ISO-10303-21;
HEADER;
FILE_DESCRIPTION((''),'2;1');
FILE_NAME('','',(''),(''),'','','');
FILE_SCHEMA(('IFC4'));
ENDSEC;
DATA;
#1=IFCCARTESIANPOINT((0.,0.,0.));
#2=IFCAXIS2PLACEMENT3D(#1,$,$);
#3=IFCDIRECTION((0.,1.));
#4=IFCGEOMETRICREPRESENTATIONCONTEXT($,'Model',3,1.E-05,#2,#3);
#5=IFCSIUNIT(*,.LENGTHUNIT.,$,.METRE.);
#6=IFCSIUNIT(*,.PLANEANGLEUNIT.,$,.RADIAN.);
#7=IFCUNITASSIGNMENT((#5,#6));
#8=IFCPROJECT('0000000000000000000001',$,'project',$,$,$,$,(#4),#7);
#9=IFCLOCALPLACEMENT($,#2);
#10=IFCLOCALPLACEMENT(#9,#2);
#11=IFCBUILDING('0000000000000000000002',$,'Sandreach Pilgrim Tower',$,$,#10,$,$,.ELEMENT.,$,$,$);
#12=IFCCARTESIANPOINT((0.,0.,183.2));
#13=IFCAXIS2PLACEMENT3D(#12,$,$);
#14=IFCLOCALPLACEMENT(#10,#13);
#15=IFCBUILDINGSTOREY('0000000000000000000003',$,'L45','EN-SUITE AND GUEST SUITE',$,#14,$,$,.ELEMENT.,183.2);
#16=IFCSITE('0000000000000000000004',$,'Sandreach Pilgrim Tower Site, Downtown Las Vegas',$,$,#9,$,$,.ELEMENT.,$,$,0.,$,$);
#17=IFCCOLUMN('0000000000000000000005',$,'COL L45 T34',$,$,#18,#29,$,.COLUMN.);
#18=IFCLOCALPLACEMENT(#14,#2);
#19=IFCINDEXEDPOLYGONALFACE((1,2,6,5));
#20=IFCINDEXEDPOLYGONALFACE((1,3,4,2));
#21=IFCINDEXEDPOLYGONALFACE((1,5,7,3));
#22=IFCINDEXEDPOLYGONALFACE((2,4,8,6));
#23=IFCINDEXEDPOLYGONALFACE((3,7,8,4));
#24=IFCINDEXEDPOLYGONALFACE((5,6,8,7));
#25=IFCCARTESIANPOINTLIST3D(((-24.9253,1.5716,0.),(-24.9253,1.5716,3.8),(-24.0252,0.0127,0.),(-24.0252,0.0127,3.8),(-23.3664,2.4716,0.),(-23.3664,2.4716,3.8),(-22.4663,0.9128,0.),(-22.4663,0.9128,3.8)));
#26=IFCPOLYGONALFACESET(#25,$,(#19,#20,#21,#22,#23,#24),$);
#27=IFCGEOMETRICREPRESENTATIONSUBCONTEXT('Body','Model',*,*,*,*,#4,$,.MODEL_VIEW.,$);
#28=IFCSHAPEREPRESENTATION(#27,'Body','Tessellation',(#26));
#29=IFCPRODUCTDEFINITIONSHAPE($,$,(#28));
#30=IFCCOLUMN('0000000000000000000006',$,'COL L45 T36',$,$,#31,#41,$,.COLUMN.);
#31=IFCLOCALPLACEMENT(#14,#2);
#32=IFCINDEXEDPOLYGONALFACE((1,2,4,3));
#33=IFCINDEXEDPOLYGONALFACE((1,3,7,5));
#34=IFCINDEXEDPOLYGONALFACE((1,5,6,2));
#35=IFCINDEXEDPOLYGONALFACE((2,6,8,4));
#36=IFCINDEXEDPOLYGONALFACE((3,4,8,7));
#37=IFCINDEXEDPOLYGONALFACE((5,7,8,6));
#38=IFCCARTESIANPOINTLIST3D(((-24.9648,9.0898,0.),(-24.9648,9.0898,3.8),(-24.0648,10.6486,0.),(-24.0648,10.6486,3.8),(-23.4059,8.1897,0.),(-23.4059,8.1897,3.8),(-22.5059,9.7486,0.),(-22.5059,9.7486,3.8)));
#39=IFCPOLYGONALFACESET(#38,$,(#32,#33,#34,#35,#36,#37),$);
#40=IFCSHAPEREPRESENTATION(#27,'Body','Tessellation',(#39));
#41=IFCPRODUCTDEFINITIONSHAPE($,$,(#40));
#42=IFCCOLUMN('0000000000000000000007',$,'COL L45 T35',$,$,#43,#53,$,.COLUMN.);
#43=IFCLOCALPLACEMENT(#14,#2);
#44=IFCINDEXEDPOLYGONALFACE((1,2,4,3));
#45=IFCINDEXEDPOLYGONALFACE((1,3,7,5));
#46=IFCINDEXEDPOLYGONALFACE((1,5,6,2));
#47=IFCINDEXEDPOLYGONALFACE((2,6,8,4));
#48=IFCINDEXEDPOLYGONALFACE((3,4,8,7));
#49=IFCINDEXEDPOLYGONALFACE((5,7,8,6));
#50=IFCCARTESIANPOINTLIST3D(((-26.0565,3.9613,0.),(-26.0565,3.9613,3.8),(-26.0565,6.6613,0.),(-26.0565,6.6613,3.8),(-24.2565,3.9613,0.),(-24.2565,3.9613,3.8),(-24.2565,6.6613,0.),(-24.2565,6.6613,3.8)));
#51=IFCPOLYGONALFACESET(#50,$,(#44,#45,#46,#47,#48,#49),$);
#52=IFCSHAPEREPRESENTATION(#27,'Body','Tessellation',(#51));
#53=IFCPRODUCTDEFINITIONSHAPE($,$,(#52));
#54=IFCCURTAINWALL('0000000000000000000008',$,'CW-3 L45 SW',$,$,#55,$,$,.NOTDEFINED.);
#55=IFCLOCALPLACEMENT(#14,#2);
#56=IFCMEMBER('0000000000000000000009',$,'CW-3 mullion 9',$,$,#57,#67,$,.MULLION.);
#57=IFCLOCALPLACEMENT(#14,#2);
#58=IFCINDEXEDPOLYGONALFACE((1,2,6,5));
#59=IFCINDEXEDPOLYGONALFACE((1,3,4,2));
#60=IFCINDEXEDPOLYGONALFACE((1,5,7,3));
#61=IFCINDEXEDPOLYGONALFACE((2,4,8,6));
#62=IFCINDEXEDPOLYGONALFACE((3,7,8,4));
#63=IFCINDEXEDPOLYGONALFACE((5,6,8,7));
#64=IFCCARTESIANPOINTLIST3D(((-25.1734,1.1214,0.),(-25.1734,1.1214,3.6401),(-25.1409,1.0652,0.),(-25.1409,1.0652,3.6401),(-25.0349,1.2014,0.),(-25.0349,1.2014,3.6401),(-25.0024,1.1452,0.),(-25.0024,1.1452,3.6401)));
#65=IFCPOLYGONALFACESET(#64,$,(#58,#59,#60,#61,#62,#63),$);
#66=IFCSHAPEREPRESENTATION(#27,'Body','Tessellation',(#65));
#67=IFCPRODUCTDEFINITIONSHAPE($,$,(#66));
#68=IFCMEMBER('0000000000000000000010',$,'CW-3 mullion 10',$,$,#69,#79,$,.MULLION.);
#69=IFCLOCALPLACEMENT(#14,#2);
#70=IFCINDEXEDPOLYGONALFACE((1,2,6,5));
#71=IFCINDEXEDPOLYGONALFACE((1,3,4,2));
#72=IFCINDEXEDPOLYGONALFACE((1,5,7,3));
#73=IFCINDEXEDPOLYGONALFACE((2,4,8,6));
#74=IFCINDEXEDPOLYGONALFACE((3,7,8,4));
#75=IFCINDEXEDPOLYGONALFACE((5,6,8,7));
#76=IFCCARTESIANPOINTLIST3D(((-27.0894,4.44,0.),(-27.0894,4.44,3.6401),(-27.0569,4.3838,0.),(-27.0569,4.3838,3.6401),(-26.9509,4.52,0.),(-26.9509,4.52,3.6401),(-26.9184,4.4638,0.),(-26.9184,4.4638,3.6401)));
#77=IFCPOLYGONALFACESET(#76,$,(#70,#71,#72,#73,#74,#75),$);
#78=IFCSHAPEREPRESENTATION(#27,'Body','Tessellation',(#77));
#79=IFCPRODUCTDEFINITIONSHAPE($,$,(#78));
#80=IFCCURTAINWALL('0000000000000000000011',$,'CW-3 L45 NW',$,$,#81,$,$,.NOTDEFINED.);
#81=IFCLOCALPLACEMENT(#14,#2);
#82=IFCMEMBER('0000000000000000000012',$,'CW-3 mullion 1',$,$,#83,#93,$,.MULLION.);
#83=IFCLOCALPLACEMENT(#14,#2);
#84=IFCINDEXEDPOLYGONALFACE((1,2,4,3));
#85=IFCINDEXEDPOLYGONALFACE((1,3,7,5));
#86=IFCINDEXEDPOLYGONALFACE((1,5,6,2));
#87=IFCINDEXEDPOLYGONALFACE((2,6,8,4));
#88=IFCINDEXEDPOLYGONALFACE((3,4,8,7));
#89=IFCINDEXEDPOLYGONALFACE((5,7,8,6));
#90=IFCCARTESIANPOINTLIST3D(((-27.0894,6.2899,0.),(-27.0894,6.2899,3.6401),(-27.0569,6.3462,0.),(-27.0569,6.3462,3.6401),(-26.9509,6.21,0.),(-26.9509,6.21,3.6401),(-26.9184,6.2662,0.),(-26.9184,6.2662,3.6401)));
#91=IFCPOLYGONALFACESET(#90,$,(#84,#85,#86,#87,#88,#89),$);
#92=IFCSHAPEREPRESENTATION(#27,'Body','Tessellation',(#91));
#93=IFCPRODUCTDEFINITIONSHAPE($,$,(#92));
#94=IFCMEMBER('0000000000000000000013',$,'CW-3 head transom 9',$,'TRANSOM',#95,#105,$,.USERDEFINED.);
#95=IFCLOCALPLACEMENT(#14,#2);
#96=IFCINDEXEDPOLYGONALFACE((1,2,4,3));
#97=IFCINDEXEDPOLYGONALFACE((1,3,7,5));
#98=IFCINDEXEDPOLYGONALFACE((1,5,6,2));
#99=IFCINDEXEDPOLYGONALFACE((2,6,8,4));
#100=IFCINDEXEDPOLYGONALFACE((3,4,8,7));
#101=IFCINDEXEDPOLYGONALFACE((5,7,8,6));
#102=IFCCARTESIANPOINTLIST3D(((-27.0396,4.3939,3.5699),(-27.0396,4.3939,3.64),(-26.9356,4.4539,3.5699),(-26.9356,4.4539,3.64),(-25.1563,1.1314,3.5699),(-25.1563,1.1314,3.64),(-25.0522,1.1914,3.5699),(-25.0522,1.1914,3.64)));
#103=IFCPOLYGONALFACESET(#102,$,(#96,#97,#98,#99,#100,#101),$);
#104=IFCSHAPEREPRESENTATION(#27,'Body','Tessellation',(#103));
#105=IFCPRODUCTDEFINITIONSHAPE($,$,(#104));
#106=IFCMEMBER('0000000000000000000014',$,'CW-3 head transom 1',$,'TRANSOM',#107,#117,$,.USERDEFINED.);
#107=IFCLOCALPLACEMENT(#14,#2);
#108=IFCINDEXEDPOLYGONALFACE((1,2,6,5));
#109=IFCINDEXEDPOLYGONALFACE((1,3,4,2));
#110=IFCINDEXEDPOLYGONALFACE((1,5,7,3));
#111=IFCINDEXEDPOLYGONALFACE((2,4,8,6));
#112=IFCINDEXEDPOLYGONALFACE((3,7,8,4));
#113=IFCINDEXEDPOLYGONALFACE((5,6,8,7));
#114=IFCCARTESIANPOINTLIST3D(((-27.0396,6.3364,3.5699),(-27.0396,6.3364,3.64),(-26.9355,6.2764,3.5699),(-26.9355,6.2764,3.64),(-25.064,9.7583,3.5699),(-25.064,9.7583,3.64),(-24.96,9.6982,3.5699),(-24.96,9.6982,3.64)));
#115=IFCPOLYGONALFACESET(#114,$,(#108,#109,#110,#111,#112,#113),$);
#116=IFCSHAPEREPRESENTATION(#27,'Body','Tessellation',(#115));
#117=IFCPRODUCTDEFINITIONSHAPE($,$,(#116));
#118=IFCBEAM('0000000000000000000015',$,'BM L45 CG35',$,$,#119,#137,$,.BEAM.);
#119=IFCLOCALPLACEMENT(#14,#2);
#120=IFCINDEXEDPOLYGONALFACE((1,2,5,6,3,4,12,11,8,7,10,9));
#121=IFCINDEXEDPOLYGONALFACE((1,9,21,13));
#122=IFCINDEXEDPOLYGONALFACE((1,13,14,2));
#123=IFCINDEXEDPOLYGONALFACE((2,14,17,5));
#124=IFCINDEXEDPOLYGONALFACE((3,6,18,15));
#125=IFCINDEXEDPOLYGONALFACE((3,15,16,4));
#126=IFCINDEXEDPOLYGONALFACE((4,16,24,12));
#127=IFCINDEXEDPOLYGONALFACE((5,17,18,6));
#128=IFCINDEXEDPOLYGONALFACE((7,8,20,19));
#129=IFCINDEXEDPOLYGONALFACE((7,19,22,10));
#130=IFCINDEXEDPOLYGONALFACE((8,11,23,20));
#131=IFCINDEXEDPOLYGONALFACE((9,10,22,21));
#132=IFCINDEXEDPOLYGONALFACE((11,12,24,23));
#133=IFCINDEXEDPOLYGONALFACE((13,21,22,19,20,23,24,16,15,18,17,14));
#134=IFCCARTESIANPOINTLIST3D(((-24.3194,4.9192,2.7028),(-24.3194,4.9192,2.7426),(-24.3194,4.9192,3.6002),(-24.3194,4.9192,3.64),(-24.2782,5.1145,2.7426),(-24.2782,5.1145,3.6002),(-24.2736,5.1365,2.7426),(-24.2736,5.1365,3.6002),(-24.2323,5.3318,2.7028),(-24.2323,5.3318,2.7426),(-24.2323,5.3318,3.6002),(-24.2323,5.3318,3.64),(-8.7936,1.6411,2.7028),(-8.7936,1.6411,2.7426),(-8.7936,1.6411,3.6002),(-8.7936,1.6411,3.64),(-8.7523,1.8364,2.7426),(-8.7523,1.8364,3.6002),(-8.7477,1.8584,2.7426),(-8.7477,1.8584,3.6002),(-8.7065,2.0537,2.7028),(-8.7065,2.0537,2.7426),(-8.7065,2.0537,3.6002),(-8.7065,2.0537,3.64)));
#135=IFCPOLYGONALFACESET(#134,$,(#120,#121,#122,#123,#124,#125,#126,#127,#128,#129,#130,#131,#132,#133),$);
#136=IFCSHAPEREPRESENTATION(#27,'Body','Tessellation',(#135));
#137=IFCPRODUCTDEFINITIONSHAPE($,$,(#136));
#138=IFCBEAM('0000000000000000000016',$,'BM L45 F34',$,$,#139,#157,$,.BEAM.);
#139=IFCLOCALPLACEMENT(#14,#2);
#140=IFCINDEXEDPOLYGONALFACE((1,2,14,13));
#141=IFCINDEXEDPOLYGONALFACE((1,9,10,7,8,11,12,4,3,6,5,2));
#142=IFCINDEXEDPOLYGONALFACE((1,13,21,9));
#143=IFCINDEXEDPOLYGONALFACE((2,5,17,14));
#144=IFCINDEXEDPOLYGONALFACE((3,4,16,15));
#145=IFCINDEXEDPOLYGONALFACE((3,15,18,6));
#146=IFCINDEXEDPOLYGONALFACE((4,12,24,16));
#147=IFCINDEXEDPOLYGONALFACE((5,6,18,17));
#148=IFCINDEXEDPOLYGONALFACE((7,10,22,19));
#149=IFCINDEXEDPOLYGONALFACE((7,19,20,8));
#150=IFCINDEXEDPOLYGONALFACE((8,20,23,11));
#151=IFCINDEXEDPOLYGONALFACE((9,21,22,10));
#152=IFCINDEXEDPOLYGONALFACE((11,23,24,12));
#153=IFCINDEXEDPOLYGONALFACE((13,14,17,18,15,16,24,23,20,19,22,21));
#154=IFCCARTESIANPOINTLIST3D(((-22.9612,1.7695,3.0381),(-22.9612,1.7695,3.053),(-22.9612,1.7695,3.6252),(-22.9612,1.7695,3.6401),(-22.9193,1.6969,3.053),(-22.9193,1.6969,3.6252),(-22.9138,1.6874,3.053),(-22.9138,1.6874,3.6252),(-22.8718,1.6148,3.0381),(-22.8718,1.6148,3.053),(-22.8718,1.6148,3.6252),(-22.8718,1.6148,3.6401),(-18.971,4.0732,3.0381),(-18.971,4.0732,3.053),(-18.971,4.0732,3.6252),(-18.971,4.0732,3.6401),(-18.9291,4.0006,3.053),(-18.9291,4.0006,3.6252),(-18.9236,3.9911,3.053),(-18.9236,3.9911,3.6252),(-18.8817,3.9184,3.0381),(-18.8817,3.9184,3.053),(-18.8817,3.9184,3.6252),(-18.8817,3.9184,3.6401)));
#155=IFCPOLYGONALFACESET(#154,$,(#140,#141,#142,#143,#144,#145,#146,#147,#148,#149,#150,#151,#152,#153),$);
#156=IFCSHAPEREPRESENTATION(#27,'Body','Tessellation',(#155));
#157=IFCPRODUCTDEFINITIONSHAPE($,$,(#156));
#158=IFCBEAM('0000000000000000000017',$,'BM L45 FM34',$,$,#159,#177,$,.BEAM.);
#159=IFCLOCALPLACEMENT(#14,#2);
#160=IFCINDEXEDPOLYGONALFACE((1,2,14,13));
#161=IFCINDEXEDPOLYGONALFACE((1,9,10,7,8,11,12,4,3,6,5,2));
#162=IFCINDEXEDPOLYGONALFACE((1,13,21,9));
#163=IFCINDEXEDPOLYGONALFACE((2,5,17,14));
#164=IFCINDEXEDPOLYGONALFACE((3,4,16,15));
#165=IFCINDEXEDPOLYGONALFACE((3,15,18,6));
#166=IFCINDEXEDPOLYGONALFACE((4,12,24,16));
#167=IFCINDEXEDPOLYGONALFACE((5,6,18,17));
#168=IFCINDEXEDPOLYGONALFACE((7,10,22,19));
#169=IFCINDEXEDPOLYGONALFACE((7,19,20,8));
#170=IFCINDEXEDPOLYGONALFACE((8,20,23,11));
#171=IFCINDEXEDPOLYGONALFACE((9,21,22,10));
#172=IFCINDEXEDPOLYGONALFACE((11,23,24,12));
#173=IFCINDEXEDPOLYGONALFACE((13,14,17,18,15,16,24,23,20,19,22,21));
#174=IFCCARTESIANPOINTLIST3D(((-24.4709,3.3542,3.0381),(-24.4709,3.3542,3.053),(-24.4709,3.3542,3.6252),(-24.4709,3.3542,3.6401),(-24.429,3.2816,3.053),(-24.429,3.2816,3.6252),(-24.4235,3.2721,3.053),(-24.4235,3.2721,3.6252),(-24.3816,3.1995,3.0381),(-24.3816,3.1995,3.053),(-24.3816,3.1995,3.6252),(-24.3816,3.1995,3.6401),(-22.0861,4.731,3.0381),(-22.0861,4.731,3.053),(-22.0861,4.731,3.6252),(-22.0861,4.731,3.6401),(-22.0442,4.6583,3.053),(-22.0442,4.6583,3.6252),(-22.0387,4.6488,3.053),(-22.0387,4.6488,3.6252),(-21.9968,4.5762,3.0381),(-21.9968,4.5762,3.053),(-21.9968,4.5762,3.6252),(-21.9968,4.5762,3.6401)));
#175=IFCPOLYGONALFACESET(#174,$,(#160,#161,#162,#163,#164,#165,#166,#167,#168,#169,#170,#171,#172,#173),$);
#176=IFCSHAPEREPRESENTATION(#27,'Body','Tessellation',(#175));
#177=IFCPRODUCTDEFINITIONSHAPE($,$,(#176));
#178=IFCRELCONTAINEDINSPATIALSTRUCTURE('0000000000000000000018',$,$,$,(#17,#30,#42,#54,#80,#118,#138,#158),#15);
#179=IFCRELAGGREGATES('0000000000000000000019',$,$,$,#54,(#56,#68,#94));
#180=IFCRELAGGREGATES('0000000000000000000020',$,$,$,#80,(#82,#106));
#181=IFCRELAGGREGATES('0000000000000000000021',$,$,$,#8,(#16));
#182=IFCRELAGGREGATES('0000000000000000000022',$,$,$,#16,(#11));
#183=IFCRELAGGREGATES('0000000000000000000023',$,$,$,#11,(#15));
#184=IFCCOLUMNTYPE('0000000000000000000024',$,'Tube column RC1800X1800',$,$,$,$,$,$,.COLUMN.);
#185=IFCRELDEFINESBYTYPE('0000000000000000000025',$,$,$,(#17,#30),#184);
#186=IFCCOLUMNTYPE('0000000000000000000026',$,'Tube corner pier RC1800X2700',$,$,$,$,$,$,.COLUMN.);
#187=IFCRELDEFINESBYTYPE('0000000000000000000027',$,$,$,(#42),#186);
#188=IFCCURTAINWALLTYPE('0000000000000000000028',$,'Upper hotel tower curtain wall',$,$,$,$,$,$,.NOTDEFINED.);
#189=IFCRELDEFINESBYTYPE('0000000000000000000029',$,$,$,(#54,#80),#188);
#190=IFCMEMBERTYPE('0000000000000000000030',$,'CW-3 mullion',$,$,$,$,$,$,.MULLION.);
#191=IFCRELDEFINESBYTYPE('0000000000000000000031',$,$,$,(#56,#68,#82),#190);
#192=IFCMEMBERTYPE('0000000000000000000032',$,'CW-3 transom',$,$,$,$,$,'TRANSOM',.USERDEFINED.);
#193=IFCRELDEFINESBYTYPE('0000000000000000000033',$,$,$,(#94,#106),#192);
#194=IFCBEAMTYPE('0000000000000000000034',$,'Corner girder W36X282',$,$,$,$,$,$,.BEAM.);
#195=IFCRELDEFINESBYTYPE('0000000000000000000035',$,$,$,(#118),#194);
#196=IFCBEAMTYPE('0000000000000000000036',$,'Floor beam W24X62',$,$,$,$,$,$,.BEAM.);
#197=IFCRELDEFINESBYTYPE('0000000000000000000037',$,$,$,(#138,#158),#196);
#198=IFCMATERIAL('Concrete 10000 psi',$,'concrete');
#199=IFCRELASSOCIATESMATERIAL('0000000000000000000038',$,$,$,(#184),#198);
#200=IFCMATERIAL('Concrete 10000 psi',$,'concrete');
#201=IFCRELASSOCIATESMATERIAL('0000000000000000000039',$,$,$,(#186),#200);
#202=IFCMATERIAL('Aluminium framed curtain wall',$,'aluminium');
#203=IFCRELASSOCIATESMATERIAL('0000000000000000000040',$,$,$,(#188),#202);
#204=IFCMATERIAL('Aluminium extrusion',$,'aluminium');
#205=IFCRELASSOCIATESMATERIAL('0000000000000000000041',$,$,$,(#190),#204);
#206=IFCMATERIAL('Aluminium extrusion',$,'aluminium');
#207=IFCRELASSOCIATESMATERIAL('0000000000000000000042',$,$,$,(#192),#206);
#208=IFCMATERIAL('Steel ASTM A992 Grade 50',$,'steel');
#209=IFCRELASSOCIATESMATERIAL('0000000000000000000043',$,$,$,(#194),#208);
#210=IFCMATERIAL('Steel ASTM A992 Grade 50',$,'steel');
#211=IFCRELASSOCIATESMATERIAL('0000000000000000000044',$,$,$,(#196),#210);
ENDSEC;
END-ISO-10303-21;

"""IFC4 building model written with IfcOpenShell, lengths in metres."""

from ifc_helpers import new_model, si_unit, direction, frame, origin, origin_2d, place, context, subcontext, project, spatial, rectangle, i_section, extrude, material, material_profile, profile_set, type_object, element, aggregate, save


model = new_model("IFC4")

# Units and contexts
model_context = context("Model", 3, precision=1e-05, world=origin(), true_north=direction((0.0, 1.0)))
body_context = subcontext(model_context, "Body", "Model", "MODEL_VIEW")
ifc_project = project(units=[si_unit("LENGTHUNIT", "METRE"), si_unit("PLANEANGLEUNIT", "RADIAN")], contexts=[model_context])

# Site, building, storey
site_placement = place(None, origin())
site = spatial("IfcSite", under=ifc_project, at=site_placement, Name="Sandreach Pilgrim Tower Site, Downtown Las Vegas", CompositionType="ELEMENT", RefElevation=0.0)
building_placement = place(site_placement, origin())
building = spatial("IfcBuilding", under=site, at=building_placement, Name="Sandreach Pilgrim Tower", CompositionType="ELEMENT")
storey_placement = place(building_placement, frame((0.0, 0.0, 183.2)))
storey = spatial("IfcBuildingStorey", under=building, at=storey_placement, Name="L45", Description="EN-SUITE AND GUEST SUITE", CompositionType="ELEMENT", Elevation=183.2)

# Columns
ifc_material_1 = material(Name="Concrete 10000 psi", Category="concrete")
ifc_material_profile_1 = material_profile(ifc_material_1, rectangle(XDim=1.8, YDim=1.8, at=origin_2d()), Name="RC1800X1800")
ifc_profile_set_1 = profile_set([ifc_material_profile_1], Name="Concrete 10000 psi")
column_type_1 = type_object("IfcColumnType", Name="Tube column RC1800X1800", PredefinedType="COLUMN", material=ifc_profile_set_1)
for number, where, z_axis, x_axis, name in (
    (1, (-23.6958, 1.2422, 0.0), (0.0, 0.0, 1.0), (-0.866025, -0.5, 0.0), "COL L45 T34"),
    (2, (-23.7354, 9.4192, 0.0), (0.0, 0.0, 1.0), (-0.866025, 0.5, 0.0), "COL L45 T36"),
):
    element("IfcColumn", number, at=place(storey_placement, frame(where, z_axis=z_axis, x_axis=x_axis)), inside=storey, type_object=column_type_1, Name=name, PredefinedType="COLUMN", context=body_context, shape_type="SweptSolid", body=[
        extrude(rectangle(XDim=1.8, YDim=1.8, at=origin_2d()), origin(), (0.0, 0.0, 1.0), 3.8),
    ])
ifc_material_2 = material(Name="Concrete 10000 psi", Category="concrete")
ifc_material_profile_2 = material_profile(ifc_material_2, rectangle(XDim=1.8, YDim=2.7, at=origin_2d()), Name="RC1800X2700")
ifc_profile_set_2 = profile_set([ifc_material_profile_2], Name="Concrete 10000 psi")
column_type_2 = type_object("IfcColumnType", Name="Tube corner pier RC1800X2700", PredefinedType="COLUMN", material=ifc_profile_set_2)
column_placement = place(storey_placement, frame((-25.1565, 5.3113, 0.0), z_axis=(0.0, 0.0, 1.0), x_axis=(-1.0, 0.0, 0.0)))
element("IfcColumn", 3, at=column_placement, inside=storey, type_object=column_type_2, Name="COL L45 T35", PredefinedType="COLUMN", context=body_context, shape_type="SweptSolid", body=[
    extrude(rectangle(XDim=1.8, YDim=2.7, at=origin_2d()), origin(), (0.0, 0.0, 1.0), 3.8),
])

# Curtain wall, members
ifc_material_3 = material(Name="Aluminium framed curtain wall", Category="aluminium")
curtain_wall_type = type_object("IfcCurtainWallType", Name="Upper hotel tower curtain wall", PredefinedType="NOTDEFINED", material=ifc_material_3)
curtain_wall_1_placement = place(storey_placement, origin())
curtain_wall_1 = element("IfcCurtainWall", 4, at=curtain_wall_1_placement, inside=storey, type_object=curtain_wall_type, Name="CW-3 L45 SW", PredefinedType="NOTDEFINED")
ifc_material_4 = material(Name="Aluminium extrusion", Category="aluminium")
ifc_material_profile_3 = material_profile(ifc_material_4, rectangle(XDim=0.0649, YDim=0.1599, at=origin_2d()), Name="CW-3M 65X160")
ifc_profile_set_3 = profile_set([ifc_material_profile_3], Name="Aluminium extrusion")
member_type_1 = type_object("IfcMemberType", Name="CW-3 mullion", PredefinedType="MULLION", material=ifc_profile_set_3)
member_1_placement = place(storey_placement, frame((-25.0879, 1.1333, 0.0), z_axis=(0.0, 0.0, 1.0), x_axis=(-0.5, 0.866025, 0.0)))
member_1 = element("IfcMember", 5, at=member_1_placement, type_object=member_type_1, Name="CW-3 mullion 9", PredefinedType="MULLION", context=body_context, shape_type="SweptSolid", body=[
    extrude(rectangle(XDim=0.0649, YDim=0.1599, at=origin_2d()), origin(), (0.0, 0.0, 1.0), 3.6401),
])
member_2_placement = place(storey_placement, frame((-27.0039, 4.4519, 0.0), z_axis=(0.0, 0.0, 1.0), x_axis=(-0.5, 0.866025, 0.0)))
member_2 = element("IfcMember", 6, at=member_2_placement, type_object=member_type_1, Name="CW-3 mullion 10", PredefinedType="MULLION", context=body_context, shape_type="SweptSolid", body=[
    extrude(rectangle(XDim=0.0649, YDim=0.1599, at=origin_2d()), origin(), (0.0, 0.0, 1.0), 3.6401),
])

# Curtain wall, member
curtain_wall_2_placement = place(storey_placement, origin())
curtain_wall_2 = element("IfcCurtainWall", 7, at=curtain_wall_2_placement, inside=storey, type_object=curtain_wall_type, Name="CW-3 L45 NW", PredefinedType="NOTDEFINED")
member_3_placement = place(storey_placement, frame((-27.0039, 6.2781, 0.0), z_axis=(0.0, 0.0, 1.0), x_axis=(0.5, 0.866025, 0.0)))
member_3 = element("IfcMember", 8, at=member_3_placement, type_object=member_type_1, Name="CW-3 mullion 1", PredefinedType="MULLION", context=body_context, shape_type="SweptSolid", body=[
    extrude(rectangle(XDim=0.0649, YDim=0.1599, at=origin_2d()), origin(), (0.0, 0.0, 1.0), 3.6401),
])

# Members
ifc_material_5 = material(Name="Aluminium extrusion", Category="aluminium")
ifc_material_profile_4 = material_profile(ifc_material_5, rectangle(XDim=0.1201, YDim=0.0701, at=origin_2d()), Name="CW-3T 120X70")
ifc_profile_set_4 = profile_set([ifc_material_profile_4], Name="Aluminium extrusion")
member_type_2 = type_object("IfcMemberType", Name="CW-3 transom", ElementType="TRANSOM", PredefinedType="USERDEFINED", material=ifc_profile_set_4)
member_4_placement = place(storey_placement, frame((-25.1042, 1.1614, 3.605), z_axis=(-0.499945, 0.866057, 0.0), x_axis=(-0.866057, -0.499945, 0.0)))
member_4 = element("IfcMember", 9, at=member_4_placement, type_object=member_type_2, Name="CW-3 head transom 9", ObjectType="TRANSOM", PredefinedType="USERDEFINED", context=body_context, shape_type="SweptSolid", body=[
    extrude(rectangle(XDim=0.1201, YDim=0.0701, at=origin_2d()), origin(), (0.0, 0.0, 1.0), 3.7671),
])
member_5_placement = place(storey_placement, frame((-26.9875, 6.3064, 3.605), z_axis=(0.499993, 0.866029, 0.0), x_axis=(-0.866029, 0.499993, 0.0)))
member_5 = element("IfcMember", 10, at=member_5_placement, type_object=member_type_2, Name="CW-3 head transom 1", ObjectType="TRANSOM", PredefinedType="USERDEFINED", context=body_context, shape_type="SweptSolid", body=[
    extrude(rectangle(XDim=0.1201, YDim=0.0701, at=origin_2d()), origin(), (0.0, 0.0, 1.0), 3.9512),
])

# Beams
ifc_material_6 = material(Name="Steel ASTM A992 Grade 50", Category="steel")
ifc_material_profile_5 = material_profile(ifc_material_6, i_section(OverallWidth=0.4216, OverallDepth=0.9373, WebThickness=0.0225, FlangeThickness=0.0398, at=origin_2d()), Name="W36X282")
ifc_profile_set_5 = profile_set([ifc_material_profile_5], Name="Steel ASTM A992 Grade 50")
beam_type_1 = type_object("IfcBeamType", Name="Corner girder W36X282", PredefinedType="BEAM", material=ifc_profile_set_5)
beam_1_placement = place(storey_placement, frame((-24.2759, 5.1255, 3.1714), z_axis=(0.978429, -0.206582, 0.0), x_axis=(0.206582, 0.978429, 0.0)))
element("IfcBeam", 11, at=beam_1_placement, inside=storey, type_object=beam_type_1, Name="BM L45 CG35", PredefinedType="BEAM", context=body_context, shape_type="SweptSolid", body=[
    extrude(i_section(OverallWidth=0.4216, OverallDepth=0.9373, WebThickness=0.0225, FlangeThickness=0.0398, at=origin_2d()), origin(), (0.0, 0.0, 1.0), 15.8682),
])
ifc_material_7 = material(Name="Steel ASTM A992 Grade 50", Category="steel")
ifc_material_profile_6 = material_profile(ifc_material_7, i_section(OverallWidth=0.1787, OverallDepth=0.6021, WebThickness=0.011, FlangeThickness=0.0149, at=origin_2d()), Name="W24X62")
ifc_profile_set_6 = profile_set([ifc_material_profile_6], Name="Steel ASTM A992 Grade 50")
beam_type_2 = type_object("IfcBeamType", Name="Floor beam W24X62", PredefinedType="BEAM", material=ifc_profile_set_6)
beam_2_placement = place(storey_placement, frame((-22.9165, 1.6921, 3.3391), z_axis=(0.86603, 0.499992, 0.0), x_axis=(-0.499992, 0.86603, 0.0)))
element("IfcBeam", 12, at=beam_2_placement, inside=storey, type_object=beam_type_2, Name="BM L45 F34", PredefinedType="BEAM", context=body_context, shape_type="SweptSolid", body=[
    extrude(i_section(OverallWidth=0.1787, OverallDepth=0.6021, WebThickness=0.011, FlangeThickness=0.0149, at=origin_2d()), origin(), (0.0, 0.0, 1.0), 4.6074),
])
beam_3_placement = place(storey_placement, frame((-24.4263, 3.2769, 3.3391), z_axis=(0.866047, 0.499963, 0.0), x_axis=(-0.499963, 0.866047, 0.0)))
element("IfcBeam", 13, at=beam_3_placement, inside=storey, type_object=beam_type_2, Name="BM L45 FM34", PredefinedType="BEAM", context=body_context, shape_type="SweptSolid", body=[
    extrude(i_section(OverallWidth=0.1787, OverallDepth=0.6021, WebThickness=0.011, FlangeThickness=0.0149, at=origin_2d()), origin(), (0.0, 0.0, 1.0), 2.7537),
])

aggregate(curtain_wall_1, [member_1, member_2, member_4])
aggregate(curtain_wall_2, [member_3, member_5])

save(model, "model.ifc")
